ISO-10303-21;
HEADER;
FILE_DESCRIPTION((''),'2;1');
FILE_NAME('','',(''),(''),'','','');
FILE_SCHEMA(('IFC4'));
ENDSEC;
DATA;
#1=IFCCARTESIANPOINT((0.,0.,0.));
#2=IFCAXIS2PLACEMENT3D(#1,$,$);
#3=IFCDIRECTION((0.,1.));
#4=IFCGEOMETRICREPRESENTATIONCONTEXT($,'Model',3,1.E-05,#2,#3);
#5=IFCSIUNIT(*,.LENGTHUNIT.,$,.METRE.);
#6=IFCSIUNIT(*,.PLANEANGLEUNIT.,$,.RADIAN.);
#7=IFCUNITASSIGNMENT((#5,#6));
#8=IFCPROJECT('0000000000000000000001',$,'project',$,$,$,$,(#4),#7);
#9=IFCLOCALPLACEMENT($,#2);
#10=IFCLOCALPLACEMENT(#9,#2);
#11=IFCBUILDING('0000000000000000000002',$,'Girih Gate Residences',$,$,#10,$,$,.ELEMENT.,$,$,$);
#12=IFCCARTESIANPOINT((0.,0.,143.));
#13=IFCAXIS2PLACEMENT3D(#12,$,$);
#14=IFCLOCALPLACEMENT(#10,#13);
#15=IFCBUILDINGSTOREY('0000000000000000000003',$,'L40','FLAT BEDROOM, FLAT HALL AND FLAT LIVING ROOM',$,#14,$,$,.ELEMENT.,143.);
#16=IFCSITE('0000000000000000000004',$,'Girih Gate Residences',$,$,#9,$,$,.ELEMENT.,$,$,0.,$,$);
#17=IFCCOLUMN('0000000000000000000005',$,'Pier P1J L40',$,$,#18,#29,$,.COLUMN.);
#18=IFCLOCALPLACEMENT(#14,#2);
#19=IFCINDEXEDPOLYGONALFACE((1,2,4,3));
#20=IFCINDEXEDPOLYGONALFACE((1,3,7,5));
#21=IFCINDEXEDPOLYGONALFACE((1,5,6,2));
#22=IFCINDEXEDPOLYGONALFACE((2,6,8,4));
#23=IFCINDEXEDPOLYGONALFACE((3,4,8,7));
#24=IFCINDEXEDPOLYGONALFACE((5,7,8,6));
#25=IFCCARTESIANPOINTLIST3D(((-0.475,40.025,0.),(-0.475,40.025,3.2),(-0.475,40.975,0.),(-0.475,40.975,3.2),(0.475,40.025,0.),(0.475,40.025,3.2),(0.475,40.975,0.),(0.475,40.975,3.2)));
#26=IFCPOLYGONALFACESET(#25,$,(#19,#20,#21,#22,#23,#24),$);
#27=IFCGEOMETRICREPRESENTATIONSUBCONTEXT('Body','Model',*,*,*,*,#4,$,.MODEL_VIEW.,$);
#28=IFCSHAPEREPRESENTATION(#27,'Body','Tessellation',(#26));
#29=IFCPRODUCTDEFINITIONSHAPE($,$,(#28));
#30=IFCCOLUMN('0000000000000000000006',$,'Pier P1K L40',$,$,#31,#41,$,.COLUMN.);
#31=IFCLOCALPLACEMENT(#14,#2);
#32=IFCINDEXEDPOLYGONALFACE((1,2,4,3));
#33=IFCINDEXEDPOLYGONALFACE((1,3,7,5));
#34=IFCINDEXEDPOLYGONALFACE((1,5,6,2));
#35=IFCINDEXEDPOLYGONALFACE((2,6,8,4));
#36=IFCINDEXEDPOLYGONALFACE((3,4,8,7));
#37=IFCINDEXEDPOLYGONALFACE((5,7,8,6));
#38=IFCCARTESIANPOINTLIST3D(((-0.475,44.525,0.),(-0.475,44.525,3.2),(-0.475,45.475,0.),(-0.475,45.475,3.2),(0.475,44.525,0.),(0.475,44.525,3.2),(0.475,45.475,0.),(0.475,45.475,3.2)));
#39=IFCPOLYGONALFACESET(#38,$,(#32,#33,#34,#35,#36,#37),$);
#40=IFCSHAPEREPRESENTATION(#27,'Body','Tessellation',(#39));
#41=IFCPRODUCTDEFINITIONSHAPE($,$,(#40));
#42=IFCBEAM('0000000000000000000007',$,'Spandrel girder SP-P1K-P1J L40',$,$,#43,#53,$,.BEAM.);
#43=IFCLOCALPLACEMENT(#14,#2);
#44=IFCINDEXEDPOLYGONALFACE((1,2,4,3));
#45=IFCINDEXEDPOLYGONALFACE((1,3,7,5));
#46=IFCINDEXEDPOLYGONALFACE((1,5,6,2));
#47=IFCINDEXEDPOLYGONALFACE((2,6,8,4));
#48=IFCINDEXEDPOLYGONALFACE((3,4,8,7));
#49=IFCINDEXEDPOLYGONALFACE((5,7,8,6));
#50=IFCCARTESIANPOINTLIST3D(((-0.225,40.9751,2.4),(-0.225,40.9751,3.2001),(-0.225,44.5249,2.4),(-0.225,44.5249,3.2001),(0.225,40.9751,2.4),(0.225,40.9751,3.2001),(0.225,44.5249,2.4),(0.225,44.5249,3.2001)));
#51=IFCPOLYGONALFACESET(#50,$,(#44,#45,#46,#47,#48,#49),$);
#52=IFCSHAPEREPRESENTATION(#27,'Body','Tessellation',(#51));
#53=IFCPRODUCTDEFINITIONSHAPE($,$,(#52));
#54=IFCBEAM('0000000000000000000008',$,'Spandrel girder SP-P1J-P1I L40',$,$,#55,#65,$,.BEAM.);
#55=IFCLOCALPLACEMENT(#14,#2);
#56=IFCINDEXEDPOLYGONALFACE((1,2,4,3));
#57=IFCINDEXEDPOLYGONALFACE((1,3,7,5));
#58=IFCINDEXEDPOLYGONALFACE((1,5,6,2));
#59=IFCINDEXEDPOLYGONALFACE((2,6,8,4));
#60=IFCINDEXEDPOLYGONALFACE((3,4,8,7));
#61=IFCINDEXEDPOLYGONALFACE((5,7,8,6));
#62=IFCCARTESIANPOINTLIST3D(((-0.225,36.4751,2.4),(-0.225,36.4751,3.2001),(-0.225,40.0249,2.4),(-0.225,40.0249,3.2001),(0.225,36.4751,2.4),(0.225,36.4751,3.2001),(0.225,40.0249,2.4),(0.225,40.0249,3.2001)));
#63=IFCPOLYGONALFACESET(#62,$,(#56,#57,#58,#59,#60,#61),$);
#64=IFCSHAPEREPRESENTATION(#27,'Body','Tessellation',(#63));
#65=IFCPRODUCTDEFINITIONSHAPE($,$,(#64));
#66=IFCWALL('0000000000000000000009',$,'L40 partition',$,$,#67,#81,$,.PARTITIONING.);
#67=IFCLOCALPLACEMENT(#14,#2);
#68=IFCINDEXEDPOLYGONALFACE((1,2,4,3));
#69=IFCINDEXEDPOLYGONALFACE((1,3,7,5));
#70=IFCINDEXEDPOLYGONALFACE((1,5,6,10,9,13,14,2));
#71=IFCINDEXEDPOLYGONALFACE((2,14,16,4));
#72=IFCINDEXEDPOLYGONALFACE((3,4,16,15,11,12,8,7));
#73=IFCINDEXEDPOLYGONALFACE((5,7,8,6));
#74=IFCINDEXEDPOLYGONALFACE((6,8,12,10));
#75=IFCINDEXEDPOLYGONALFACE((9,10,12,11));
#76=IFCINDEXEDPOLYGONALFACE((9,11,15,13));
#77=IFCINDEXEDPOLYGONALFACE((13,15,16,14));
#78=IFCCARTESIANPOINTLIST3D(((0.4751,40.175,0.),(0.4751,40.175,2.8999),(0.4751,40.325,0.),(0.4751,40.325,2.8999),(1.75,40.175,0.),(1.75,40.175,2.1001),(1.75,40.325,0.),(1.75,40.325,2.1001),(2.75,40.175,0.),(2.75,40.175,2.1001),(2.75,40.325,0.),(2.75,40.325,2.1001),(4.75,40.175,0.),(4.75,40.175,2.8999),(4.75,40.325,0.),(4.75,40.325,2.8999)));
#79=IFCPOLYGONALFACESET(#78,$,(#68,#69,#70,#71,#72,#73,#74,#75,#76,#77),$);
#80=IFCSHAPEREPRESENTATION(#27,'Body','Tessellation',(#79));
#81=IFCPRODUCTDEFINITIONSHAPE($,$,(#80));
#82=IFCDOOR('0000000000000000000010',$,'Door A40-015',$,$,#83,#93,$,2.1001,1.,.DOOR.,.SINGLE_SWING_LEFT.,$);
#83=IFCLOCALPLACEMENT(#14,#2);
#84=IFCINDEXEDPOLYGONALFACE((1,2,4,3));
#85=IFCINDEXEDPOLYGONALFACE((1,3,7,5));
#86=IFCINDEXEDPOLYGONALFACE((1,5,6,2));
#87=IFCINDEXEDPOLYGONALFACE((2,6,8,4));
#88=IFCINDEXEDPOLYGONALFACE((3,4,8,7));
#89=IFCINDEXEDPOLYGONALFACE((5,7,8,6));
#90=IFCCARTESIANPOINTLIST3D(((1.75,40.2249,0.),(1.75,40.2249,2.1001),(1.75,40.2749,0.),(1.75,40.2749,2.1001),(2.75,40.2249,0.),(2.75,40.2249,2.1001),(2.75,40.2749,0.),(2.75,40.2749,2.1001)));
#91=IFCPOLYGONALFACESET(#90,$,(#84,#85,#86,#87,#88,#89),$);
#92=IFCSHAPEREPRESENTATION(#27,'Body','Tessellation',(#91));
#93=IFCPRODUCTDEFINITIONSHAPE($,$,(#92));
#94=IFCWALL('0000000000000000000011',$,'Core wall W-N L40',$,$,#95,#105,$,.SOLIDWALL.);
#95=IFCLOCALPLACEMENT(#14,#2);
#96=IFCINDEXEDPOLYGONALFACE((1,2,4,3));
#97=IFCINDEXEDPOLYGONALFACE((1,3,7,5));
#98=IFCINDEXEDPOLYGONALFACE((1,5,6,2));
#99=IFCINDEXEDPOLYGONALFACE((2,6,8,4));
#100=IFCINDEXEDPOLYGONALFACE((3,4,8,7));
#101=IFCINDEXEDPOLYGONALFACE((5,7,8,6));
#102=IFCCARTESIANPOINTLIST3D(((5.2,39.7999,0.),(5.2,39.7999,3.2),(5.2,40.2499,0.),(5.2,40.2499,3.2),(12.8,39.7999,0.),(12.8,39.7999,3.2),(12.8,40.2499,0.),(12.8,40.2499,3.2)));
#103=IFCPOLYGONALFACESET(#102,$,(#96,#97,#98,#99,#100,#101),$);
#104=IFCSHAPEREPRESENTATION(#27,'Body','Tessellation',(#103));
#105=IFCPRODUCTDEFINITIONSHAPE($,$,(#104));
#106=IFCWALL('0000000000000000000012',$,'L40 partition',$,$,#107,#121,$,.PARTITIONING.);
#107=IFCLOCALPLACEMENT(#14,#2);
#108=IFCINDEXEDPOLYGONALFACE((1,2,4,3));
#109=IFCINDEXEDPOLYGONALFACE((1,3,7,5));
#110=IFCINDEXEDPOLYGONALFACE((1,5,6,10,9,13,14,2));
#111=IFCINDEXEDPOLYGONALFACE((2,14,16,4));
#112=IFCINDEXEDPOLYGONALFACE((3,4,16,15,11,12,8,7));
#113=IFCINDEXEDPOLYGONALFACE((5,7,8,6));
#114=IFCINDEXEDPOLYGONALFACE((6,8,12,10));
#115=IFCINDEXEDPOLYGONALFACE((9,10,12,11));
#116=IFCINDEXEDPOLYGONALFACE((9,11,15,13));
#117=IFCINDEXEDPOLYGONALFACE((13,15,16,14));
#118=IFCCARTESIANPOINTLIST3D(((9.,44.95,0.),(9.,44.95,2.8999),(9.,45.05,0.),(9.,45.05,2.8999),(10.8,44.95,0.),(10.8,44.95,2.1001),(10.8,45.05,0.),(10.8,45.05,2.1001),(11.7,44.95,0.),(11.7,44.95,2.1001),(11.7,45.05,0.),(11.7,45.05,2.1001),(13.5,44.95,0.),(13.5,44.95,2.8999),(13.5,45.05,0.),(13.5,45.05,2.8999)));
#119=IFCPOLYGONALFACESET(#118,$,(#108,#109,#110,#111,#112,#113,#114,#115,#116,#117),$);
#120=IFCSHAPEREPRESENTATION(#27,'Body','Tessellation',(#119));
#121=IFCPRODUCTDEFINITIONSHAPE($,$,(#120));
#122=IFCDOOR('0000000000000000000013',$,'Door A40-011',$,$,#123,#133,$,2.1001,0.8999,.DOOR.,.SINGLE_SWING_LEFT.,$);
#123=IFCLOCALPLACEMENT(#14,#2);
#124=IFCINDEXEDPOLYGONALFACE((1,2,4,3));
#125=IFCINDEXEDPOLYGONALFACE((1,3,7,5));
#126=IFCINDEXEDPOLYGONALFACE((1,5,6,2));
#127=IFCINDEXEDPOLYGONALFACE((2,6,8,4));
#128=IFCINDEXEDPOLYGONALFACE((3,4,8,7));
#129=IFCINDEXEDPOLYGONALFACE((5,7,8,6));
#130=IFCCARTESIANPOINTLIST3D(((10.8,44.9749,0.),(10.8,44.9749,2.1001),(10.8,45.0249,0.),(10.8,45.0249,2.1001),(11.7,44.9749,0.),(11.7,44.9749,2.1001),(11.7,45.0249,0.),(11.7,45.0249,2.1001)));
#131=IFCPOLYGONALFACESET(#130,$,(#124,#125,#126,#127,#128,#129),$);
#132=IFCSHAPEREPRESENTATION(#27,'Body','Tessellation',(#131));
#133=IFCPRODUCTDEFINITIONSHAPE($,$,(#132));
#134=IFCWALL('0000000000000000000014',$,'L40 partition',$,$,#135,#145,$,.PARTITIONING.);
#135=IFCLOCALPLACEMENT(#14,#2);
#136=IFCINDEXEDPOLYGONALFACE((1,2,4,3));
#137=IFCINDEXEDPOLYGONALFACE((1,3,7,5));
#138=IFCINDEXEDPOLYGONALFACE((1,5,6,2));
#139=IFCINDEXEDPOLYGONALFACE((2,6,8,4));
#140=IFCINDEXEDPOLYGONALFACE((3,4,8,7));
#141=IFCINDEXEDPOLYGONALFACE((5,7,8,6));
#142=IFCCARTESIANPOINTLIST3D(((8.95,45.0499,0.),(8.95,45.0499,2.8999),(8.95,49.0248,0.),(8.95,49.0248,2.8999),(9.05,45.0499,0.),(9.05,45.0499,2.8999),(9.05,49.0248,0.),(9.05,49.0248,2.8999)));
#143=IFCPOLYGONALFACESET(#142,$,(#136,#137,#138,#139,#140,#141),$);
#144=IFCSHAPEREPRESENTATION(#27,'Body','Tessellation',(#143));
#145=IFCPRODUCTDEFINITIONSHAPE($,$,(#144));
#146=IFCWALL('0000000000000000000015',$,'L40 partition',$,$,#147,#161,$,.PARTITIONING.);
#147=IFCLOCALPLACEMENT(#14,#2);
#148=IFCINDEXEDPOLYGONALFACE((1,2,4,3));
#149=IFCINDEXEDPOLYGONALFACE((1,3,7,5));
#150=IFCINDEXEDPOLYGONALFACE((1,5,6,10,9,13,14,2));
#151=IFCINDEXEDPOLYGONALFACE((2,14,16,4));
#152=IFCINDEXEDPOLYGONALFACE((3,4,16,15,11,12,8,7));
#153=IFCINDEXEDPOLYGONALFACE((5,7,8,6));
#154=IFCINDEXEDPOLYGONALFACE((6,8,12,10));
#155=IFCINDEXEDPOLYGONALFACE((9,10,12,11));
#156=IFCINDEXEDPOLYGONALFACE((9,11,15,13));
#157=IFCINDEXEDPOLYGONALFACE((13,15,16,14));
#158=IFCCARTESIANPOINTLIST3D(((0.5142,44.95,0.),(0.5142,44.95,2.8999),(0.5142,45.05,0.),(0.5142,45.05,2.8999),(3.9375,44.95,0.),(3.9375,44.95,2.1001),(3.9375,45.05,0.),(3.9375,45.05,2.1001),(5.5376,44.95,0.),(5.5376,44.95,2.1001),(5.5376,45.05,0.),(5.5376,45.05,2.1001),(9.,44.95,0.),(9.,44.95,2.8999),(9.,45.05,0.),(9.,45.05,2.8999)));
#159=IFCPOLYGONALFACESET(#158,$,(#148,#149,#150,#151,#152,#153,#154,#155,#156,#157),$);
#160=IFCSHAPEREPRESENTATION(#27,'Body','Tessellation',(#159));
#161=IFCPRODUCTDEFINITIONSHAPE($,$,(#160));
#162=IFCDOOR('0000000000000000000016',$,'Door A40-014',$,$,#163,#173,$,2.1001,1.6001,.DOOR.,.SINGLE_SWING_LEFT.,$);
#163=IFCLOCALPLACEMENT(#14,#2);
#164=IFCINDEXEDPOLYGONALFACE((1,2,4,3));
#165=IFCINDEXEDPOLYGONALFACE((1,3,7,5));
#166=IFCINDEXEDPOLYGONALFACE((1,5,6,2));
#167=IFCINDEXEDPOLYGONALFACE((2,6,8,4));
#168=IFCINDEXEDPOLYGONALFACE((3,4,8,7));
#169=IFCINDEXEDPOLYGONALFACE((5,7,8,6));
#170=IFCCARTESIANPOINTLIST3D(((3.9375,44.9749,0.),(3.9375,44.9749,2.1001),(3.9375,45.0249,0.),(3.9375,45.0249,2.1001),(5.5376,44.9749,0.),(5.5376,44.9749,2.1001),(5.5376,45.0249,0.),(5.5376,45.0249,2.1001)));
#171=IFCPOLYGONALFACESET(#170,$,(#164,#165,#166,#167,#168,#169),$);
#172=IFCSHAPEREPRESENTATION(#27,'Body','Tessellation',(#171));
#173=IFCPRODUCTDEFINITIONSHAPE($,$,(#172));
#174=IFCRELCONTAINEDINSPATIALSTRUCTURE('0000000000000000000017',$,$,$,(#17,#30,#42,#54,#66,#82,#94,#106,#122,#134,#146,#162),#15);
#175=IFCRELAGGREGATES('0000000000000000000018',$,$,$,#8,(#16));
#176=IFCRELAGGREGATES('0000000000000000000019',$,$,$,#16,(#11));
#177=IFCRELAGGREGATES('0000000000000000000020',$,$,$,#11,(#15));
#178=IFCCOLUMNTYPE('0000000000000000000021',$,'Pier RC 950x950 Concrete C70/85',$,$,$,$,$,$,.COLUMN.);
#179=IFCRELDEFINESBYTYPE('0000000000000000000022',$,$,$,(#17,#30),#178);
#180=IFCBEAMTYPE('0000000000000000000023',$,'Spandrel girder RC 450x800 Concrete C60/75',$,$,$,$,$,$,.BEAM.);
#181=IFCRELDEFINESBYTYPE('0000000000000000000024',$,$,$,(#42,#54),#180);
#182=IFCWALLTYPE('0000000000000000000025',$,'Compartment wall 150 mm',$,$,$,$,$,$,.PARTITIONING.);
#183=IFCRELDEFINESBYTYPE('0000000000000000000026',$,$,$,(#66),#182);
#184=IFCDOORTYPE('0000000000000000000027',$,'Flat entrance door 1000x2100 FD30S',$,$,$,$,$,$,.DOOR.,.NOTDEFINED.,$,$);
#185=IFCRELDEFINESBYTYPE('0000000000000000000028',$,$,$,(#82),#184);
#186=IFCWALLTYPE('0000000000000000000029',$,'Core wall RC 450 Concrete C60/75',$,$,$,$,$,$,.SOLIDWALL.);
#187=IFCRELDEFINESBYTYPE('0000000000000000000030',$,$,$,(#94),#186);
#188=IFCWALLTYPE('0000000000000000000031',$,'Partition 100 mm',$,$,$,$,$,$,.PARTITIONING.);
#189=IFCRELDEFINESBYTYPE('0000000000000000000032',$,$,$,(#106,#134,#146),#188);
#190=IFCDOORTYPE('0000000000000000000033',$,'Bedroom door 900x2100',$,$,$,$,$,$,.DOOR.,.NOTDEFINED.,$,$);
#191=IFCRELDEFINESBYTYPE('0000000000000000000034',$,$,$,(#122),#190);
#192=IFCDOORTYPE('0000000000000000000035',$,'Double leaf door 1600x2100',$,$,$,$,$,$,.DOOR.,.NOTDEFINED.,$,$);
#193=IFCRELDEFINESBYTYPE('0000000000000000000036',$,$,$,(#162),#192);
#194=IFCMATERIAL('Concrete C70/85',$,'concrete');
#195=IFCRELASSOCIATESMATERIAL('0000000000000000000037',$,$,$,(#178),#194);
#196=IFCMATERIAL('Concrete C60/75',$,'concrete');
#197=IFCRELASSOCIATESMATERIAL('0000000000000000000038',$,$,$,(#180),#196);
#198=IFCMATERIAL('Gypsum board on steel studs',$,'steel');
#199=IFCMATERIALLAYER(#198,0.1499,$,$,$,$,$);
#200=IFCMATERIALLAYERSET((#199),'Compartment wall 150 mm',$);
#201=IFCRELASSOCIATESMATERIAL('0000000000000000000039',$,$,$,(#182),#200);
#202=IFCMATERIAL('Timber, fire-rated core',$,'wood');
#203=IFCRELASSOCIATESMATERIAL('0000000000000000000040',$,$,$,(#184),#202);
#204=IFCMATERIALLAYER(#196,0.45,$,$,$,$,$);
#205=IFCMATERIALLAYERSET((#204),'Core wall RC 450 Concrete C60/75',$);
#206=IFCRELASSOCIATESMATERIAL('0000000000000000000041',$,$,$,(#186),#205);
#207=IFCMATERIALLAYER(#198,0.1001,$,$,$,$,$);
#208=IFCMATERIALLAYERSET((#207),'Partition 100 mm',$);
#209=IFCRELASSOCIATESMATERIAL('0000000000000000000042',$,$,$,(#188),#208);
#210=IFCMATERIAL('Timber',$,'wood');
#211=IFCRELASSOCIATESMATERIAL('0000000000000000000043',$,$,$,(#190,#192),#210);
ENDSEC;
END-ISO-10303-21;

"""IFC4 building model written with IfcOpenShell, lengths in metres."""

from ifc_helpers import new_model, si_unit, direction, frame, frame_2d, origin, origin_2d, place, context, subcontext, project, spatial, rectangle, extrude, material, layer, layer_set, material_profile, profile_set, type_object, element, fill, save


model = new_model("IFC4")

# Units and contexts
model_context = context("Model", 3, precision=1e-05, world=origin(), true_north=direction((0.0, 1.0)))
body_context = subcontext(model_context, "Body", "Model", "MODEL_VIEW")
ifc_project = project(units=[si_unit("LENGTHUNIT", "METRE"), si_unit("PLANEANGLEUNIT", "RADIAN")], contexts=[model_context])

# Site, building, storey
site_placement = place(None, origin())
site = spatial("IfcSite", under=ifc_project, at=site_placement, Name="Girih Gate Residences", CompositionType="ELEMENT", RefElevation=0.0)
building_placement = place(site_placement, origin())
building = spatial("IfcBuilding", under=site, at=building_placement, Name="Girih Gate Residences", CompositionType="ELEMENT")
storey_placement = place(building_placement, frame((0.0, 0.0, 143.0)))
storey = spatial("IfcBuildingStorey", under=building, at=storey_placement, Name="L40", Description="FLAT BEDROOM, FLAT HALL AND FLAT LIVING ROOM", CompositionType="ELEMENT", Elevation=143.0)

# Columns
ifc_material_1 = material(Name="Concrete C70/85", Category="concrete")
ifc_material_profile_1 = material_profile(ifc_material_1, rectangle(XDim=0.95, YDim=0.95, at=origin_2d()))
ifc_profile_set_1 = profile_set([ifc_material_profile_1], Name="Concrete C70/85")
column_type = type_object("IfcColumnType", Name="Pier RC 950x950 Concrete C70/85", PredefinedType="COLUMN", material=ifc_profile_set_1)
for number, where, z_axis, x_axis, name in (
    (1, (0.0, 40.5, 0.0), (0.0, 0.0, 1.0), (1.0, 0.0, 0.0), "Pier P1J L40"),
    (2, (0.0, 45.0, 0.0), (0.0, 0.0, 1.0), (1.0, 0.0, 0.0), "Pier P1K L40"),
):
    element("IfcColumn", number, at=place(storey_placement, frame(where, z_axis=z_axis, x_axis=x_axis)), inside=storey, type_object=column_type, Name=name, PredefinedType="COLUMN", context=body_context, shape_type="SweptSolid", body=[
        extrude(rectangle(XDim=0.95, YDim=0.95, at=origin_2d()), origin(), (0.0, 0.0, 1.0), 3.2),
    ])

# Beams
ifc_material_2 = material(Name="Concrete C60/75", Category="concrete")
ifc_material_profile_2 = material_profile(ifc_material_2, rectangle(XDim=0.45, YDim=0.8, at=origin_2d()))
ifc_profile_set_2 = profile_set([ifc_material_profile_2], Name="Concrete C60/75")
beam_type = type_object("IfcBeamType", Name="Spandrel girder RC 450x800 Concrete C60/75", PredefinedType="BEAM", material=ifc_profile_set_2)
for number, where, z_axis, x_axis, name in (
    (3, (0.0, 44.5249, 2.8), (0.0, -1.0, 0.0), (1.0, 0.0, 0.0), "Spandrel girder SP-P1K-P1J L40"),
    (4, (0.0, 40.0249, 2.8), (0.0, -1.0, 0.0), (1.0, 0.0, 0.0), "Spandrel girder SP-P1J-P1I L40"),
):
    element("IfcBeam", number, at=place(storey_placement, frame(where, z_axis=z_axis, x_axis=x_axis)), inside=storey, type_object=beam_type, Name=name, PredefinedType="BEAM", context=body_context, shape_type="SweptSolid", body=[
        extrude(rectangle(XDim=0.45, YDim=0.8, at=origin_2d()), origin(), (0.0, 0.0, 1.0), 3.5498),
    ])

# Wall, opening, door
ifc_material_3 = material(Name="Gypsum board on steel studs", Category="steel")
ifc_layer_1 = layer(ifc_material_3, 0.1499)
ifc_layer_set_1 = layer_set([ifc_layer_1], Name="Compartment wall 150 mm")
wall_type_1 = type_object("IfcWallType", Name="Compartment wall 150 mm", PredefinedType="PARTITIONING", material=ifc_layer_set_1)
wall_1_placement = place(storey_placement, frame((0.4751, 40.25, 0.0), z_axis=(0.0, 0.0, 1.0), x_axis=(1.0, 0.0, 0.0)))
wall_1 = element("IfcWall", 5, at=wall_1_placement, inside=storey, type_object=wall_type_1, Name="L40 partition", PredefinedType="PARTITIONING", context=body_context, shape_type="SweptSolid", body=[
    extrude(rectangle(XDim=4.2749, YDim=0.1499, at=frame_2d((2.1375, 0.0))), origin(), (0.0, 0.0, 1.0), 2.8999),
])
opening_1_placement = place(wall_1_placement, frame((1.2749, 0.0, 0.0)))
opening_1 = element("IfcOpeningElement", 6, at=opening_1_placement, cuts=wall_1, PredefinedType="OPENING", context=body_context, shape_type="SweptSolid", body=[
    extrude(rectangle(XDim=1.0, YDim=2.1001, at=frame_2d((0.5, 1.05))), frame((0.0, 0.085, 0.0), z_axis=(0.0, -1.0, 0.0), x_axis=(1.0, 0.0, 0.0)), (0.0, 0.0, 1.0), 0.1699),
])
ifc_material_4 = material(Name="Timber, fire-rated core", Category="wood")
door_type_1 = type_object("IfcDoorType", Name="Flat entrance door 1000x2100 FD30S", OperationType="NOTDEFINED", PredefinedType="DOOR", material=ifc_material_4)
door_1_placement = place(opening_1_placement, origin())
door_1 = element("IfcDoor", 7, at=door_1_placement, inside=storey, type_object=door_type_1, Name="Door A40-015", OperationType="SINGLE_SWING_LEFT", OverallHeight=2.1001, OverallWidth=1.0, PredefinedType="DOOR", context=body_context, shape_type="SweptSolid", body=[
    extrude(rectangle(XDim=1.0, YDim=2.1001, at=frame_2d((0.5, 1.05))), frame((0.0, 0.0249, 0.0), z_axis=(0.0, -1.0, 0.0), x_axis=(1.0, 0.0, 0.0)), (0.0, 0.0, 1.0), 0.05),
])
fill(opening_1, door_1)

# Wall
ifc_layer_2 = layer(ifc_material_2, 0.45)
ifc_layer_set_2 = layer_set([ifc_layer_2], Name="Core wall RC 450 Concrete C60/75")
wall_type_2 = type_object("IfcWallType", Name="Core wall RC 450 Concrete C60/75", PredefinedType="SOLIDWALL", material=ifc_layer_set_2)
wall_2_placement = place(storey_placement, frame((5.2, 40.0249, 0.0), z_axis=(0.0, 0.0, 1.0), x_axis=(1.0, 0.0, 0.0)))
element("IfcWall", 8, at=wall_2_placement, inside=storey, type_object=wall_type_2, Name="Core wall W-N L40", PredefinedType="SOLIDWALL", context=body_context, shape_type="SweptSolid", body=[
    extrude(rectangle(XDim=7.6001, YDim=0.45, at=frame_2d((3.8, 0.0))), origin(), (0.0, 0.0, 1.0), 3.2),
])

# Wall, opening, door
ifc_layer_3 = layer(ifc_material_3, 0.1001)
ifc_layer_set_3 = layer_set([ifc_layer_3], Name="Partition 100 mm")
wall_type_3 = type_object("IfcWallType", Name="Partition 100 mm", PredefinedType="PARTITIONING", material=ifc_layer_set_3)
wall_3_placement = place(storey_placement, frame((9.0, 45.0, 0.0), z_axis=(0.0, 0.0, 1.0), x_axis=(1.0, 0.0, 0.0)))
wall_3 = element("IfcWall", 9, at=wall_3_placement, inside=storey, type_object=wall_type_3, Name="L40 partition", PredefinedType="PARTITIONING", context=body_context, shape_type="SweptSolid", body=[
    extrude(rectangle(XDim=4.5, YDim=0.1001, at=frame_2d((2.25, 0.0))), origin(), (0.0, 0.0, 1.0), 2.8999),
])
opening_2_placement = place(wall_3_placement, frame((1.8, 0.0, 0.0)))
opening_2 = element("IfcOpeningElement", 10, at=opening_2_placement, cuts=wall_3, PredefinedType="OPENING", context=body_context, shape_type="SweptSolid", body=[
    extrude(rectangle(XDim=0.8999, YDim=2.1001, at=frame_2d((0.45, 1.05))), frame((0.0, 0.0601, 0.0), z_axis=(0.0, -1.0, 0.0), x_axis=(1.0, 0.0, 0.0)), (0.0, 0.0, 1.0), 0.1201),
])
ifc_material_5 = material(Name="Timber", Category="wood")
door_type_2 = type_object("IfcDoorType", Name="Bedroom door 900x2100", OperationType="NOTDEFINED", PredefinedType="DOOR", material=ifc_material_5)
door_2_placement = place(opening_2_placement, origin())
door_2 = element("IfcDoor", 11, at=door_2_placement, inside=storey, type_object=door_type_2, Name="Door A40-011", OperationType="SINGLE_SWING_LEFT", OverallHeight=2.1001, OverallWidth=0.8999, PredefinedType="DOOR", context=body_context, shape_type="SweptSolid", body=[
    extrude(rectangle(XDim=0.8999, YDim=2.1001, at=frame_2d((0.45, 1.05))), frame((0.0, 0.0249, 0.0), z_axis=(0.0, -1.0, 0.0), x_axis=(1.0, 0.0, 0.0)), (0.0, 0.0, 1.0), 0.05),
])
fill(opening_2, door_2)

# Wall
wall_4_placement = place(storey_placement, frame((9.0, 45.05, 0.0), z_axis=(0.0, 0.0, 1.0), x_axis=(0.0, 1.0, 0.0)))
element("IfcWall", 12, at=wall_4_placement, inside=storey, type_object=wall_type_3, Name="L40 partition", PredefinedType="PARTITIONING", context=body_context, shape_type="SweptSolid", body=[
    extrude(rectangle(XDim=3.9749, YDim=0.1001, at=frame_2d((1.9873, 0.0))), origin(), (0.0, 0.0, 1.0), 2.8999),
])

# Wall, opening, door
wall_5_placement = place(storey_placement, frame((0.5142, 45.0, 0.0), z_axis=(0.0, 0.0, 1.0), x_axis=(1.0, 0.0, 0.0)))
wall_5 = element("IfcWall", 13, at=wall_5_placement, inside=storey, type_object=wall_type_3, Name="L40 partition", PredefinedType="PARTITIONING", context=body_context, shape_type="SweptSolid", body=[
    extrude(rectangle(XDim=8.4858, YDim=0.1001, at=frame_2d((4.2429, 0.0))), origin(), (0.0, 0.0, 1.0), 2.8999),
])
opening_3_placement = place(wall_5_placement, frame((3.4233, 0.0, 0.0)))
opening_3 = element("IfcOpeningElement", 14, at=opening_3_placement, cuts=wall_5, PredefinedType="OPENING", context=body_context, shape_type="SweptSolid", body=[
    extrude(rectangle(XDim=1.6001, YDim=2.1001, at=frame_2d((0.8, 1.05))), frame((0.0, 0.0601, 0.0), z_axis=(0.0, -1.0, 0.0), x_axis=(1.0, 0.0, 0.0)), (0.0, 0.0, 1.0), 0.1201),
])
door_type_3 = type_object("IfcDoorType", Name="Double leaf door 1600x2100", OperationType="NOTDEFINED", PredefinedType="DOOR", material=ifc_material_5)
door_3_placement = place(opening_3_placement, origin())
door_3 = element("IfcDoor", 15, at=door_3_placement, inside=storey, type_object=door_type_3, Name="Door A40-014", OperationType="SINGLE_SWING_LEFT", OverallHeight=2.1001, OverallWidth=1.6001, PredefinedType="DOOR", context=body_context, shape_type="SweptSolid", body=[
    extrude(rectangle(XDim=1.6001, YDim=2.1001, at=frame_2d((0.8, 1.05))), frame((0.0, 0.0249, 0.0), z_axis=(0.0, -1.0, 0.0), x_axis=(1.0, 0.0, 0.0)), (0.0, 0.0, 1.0), 0.05),
])
fill(opening_3, door_3)

save(model, "model.ifc")
